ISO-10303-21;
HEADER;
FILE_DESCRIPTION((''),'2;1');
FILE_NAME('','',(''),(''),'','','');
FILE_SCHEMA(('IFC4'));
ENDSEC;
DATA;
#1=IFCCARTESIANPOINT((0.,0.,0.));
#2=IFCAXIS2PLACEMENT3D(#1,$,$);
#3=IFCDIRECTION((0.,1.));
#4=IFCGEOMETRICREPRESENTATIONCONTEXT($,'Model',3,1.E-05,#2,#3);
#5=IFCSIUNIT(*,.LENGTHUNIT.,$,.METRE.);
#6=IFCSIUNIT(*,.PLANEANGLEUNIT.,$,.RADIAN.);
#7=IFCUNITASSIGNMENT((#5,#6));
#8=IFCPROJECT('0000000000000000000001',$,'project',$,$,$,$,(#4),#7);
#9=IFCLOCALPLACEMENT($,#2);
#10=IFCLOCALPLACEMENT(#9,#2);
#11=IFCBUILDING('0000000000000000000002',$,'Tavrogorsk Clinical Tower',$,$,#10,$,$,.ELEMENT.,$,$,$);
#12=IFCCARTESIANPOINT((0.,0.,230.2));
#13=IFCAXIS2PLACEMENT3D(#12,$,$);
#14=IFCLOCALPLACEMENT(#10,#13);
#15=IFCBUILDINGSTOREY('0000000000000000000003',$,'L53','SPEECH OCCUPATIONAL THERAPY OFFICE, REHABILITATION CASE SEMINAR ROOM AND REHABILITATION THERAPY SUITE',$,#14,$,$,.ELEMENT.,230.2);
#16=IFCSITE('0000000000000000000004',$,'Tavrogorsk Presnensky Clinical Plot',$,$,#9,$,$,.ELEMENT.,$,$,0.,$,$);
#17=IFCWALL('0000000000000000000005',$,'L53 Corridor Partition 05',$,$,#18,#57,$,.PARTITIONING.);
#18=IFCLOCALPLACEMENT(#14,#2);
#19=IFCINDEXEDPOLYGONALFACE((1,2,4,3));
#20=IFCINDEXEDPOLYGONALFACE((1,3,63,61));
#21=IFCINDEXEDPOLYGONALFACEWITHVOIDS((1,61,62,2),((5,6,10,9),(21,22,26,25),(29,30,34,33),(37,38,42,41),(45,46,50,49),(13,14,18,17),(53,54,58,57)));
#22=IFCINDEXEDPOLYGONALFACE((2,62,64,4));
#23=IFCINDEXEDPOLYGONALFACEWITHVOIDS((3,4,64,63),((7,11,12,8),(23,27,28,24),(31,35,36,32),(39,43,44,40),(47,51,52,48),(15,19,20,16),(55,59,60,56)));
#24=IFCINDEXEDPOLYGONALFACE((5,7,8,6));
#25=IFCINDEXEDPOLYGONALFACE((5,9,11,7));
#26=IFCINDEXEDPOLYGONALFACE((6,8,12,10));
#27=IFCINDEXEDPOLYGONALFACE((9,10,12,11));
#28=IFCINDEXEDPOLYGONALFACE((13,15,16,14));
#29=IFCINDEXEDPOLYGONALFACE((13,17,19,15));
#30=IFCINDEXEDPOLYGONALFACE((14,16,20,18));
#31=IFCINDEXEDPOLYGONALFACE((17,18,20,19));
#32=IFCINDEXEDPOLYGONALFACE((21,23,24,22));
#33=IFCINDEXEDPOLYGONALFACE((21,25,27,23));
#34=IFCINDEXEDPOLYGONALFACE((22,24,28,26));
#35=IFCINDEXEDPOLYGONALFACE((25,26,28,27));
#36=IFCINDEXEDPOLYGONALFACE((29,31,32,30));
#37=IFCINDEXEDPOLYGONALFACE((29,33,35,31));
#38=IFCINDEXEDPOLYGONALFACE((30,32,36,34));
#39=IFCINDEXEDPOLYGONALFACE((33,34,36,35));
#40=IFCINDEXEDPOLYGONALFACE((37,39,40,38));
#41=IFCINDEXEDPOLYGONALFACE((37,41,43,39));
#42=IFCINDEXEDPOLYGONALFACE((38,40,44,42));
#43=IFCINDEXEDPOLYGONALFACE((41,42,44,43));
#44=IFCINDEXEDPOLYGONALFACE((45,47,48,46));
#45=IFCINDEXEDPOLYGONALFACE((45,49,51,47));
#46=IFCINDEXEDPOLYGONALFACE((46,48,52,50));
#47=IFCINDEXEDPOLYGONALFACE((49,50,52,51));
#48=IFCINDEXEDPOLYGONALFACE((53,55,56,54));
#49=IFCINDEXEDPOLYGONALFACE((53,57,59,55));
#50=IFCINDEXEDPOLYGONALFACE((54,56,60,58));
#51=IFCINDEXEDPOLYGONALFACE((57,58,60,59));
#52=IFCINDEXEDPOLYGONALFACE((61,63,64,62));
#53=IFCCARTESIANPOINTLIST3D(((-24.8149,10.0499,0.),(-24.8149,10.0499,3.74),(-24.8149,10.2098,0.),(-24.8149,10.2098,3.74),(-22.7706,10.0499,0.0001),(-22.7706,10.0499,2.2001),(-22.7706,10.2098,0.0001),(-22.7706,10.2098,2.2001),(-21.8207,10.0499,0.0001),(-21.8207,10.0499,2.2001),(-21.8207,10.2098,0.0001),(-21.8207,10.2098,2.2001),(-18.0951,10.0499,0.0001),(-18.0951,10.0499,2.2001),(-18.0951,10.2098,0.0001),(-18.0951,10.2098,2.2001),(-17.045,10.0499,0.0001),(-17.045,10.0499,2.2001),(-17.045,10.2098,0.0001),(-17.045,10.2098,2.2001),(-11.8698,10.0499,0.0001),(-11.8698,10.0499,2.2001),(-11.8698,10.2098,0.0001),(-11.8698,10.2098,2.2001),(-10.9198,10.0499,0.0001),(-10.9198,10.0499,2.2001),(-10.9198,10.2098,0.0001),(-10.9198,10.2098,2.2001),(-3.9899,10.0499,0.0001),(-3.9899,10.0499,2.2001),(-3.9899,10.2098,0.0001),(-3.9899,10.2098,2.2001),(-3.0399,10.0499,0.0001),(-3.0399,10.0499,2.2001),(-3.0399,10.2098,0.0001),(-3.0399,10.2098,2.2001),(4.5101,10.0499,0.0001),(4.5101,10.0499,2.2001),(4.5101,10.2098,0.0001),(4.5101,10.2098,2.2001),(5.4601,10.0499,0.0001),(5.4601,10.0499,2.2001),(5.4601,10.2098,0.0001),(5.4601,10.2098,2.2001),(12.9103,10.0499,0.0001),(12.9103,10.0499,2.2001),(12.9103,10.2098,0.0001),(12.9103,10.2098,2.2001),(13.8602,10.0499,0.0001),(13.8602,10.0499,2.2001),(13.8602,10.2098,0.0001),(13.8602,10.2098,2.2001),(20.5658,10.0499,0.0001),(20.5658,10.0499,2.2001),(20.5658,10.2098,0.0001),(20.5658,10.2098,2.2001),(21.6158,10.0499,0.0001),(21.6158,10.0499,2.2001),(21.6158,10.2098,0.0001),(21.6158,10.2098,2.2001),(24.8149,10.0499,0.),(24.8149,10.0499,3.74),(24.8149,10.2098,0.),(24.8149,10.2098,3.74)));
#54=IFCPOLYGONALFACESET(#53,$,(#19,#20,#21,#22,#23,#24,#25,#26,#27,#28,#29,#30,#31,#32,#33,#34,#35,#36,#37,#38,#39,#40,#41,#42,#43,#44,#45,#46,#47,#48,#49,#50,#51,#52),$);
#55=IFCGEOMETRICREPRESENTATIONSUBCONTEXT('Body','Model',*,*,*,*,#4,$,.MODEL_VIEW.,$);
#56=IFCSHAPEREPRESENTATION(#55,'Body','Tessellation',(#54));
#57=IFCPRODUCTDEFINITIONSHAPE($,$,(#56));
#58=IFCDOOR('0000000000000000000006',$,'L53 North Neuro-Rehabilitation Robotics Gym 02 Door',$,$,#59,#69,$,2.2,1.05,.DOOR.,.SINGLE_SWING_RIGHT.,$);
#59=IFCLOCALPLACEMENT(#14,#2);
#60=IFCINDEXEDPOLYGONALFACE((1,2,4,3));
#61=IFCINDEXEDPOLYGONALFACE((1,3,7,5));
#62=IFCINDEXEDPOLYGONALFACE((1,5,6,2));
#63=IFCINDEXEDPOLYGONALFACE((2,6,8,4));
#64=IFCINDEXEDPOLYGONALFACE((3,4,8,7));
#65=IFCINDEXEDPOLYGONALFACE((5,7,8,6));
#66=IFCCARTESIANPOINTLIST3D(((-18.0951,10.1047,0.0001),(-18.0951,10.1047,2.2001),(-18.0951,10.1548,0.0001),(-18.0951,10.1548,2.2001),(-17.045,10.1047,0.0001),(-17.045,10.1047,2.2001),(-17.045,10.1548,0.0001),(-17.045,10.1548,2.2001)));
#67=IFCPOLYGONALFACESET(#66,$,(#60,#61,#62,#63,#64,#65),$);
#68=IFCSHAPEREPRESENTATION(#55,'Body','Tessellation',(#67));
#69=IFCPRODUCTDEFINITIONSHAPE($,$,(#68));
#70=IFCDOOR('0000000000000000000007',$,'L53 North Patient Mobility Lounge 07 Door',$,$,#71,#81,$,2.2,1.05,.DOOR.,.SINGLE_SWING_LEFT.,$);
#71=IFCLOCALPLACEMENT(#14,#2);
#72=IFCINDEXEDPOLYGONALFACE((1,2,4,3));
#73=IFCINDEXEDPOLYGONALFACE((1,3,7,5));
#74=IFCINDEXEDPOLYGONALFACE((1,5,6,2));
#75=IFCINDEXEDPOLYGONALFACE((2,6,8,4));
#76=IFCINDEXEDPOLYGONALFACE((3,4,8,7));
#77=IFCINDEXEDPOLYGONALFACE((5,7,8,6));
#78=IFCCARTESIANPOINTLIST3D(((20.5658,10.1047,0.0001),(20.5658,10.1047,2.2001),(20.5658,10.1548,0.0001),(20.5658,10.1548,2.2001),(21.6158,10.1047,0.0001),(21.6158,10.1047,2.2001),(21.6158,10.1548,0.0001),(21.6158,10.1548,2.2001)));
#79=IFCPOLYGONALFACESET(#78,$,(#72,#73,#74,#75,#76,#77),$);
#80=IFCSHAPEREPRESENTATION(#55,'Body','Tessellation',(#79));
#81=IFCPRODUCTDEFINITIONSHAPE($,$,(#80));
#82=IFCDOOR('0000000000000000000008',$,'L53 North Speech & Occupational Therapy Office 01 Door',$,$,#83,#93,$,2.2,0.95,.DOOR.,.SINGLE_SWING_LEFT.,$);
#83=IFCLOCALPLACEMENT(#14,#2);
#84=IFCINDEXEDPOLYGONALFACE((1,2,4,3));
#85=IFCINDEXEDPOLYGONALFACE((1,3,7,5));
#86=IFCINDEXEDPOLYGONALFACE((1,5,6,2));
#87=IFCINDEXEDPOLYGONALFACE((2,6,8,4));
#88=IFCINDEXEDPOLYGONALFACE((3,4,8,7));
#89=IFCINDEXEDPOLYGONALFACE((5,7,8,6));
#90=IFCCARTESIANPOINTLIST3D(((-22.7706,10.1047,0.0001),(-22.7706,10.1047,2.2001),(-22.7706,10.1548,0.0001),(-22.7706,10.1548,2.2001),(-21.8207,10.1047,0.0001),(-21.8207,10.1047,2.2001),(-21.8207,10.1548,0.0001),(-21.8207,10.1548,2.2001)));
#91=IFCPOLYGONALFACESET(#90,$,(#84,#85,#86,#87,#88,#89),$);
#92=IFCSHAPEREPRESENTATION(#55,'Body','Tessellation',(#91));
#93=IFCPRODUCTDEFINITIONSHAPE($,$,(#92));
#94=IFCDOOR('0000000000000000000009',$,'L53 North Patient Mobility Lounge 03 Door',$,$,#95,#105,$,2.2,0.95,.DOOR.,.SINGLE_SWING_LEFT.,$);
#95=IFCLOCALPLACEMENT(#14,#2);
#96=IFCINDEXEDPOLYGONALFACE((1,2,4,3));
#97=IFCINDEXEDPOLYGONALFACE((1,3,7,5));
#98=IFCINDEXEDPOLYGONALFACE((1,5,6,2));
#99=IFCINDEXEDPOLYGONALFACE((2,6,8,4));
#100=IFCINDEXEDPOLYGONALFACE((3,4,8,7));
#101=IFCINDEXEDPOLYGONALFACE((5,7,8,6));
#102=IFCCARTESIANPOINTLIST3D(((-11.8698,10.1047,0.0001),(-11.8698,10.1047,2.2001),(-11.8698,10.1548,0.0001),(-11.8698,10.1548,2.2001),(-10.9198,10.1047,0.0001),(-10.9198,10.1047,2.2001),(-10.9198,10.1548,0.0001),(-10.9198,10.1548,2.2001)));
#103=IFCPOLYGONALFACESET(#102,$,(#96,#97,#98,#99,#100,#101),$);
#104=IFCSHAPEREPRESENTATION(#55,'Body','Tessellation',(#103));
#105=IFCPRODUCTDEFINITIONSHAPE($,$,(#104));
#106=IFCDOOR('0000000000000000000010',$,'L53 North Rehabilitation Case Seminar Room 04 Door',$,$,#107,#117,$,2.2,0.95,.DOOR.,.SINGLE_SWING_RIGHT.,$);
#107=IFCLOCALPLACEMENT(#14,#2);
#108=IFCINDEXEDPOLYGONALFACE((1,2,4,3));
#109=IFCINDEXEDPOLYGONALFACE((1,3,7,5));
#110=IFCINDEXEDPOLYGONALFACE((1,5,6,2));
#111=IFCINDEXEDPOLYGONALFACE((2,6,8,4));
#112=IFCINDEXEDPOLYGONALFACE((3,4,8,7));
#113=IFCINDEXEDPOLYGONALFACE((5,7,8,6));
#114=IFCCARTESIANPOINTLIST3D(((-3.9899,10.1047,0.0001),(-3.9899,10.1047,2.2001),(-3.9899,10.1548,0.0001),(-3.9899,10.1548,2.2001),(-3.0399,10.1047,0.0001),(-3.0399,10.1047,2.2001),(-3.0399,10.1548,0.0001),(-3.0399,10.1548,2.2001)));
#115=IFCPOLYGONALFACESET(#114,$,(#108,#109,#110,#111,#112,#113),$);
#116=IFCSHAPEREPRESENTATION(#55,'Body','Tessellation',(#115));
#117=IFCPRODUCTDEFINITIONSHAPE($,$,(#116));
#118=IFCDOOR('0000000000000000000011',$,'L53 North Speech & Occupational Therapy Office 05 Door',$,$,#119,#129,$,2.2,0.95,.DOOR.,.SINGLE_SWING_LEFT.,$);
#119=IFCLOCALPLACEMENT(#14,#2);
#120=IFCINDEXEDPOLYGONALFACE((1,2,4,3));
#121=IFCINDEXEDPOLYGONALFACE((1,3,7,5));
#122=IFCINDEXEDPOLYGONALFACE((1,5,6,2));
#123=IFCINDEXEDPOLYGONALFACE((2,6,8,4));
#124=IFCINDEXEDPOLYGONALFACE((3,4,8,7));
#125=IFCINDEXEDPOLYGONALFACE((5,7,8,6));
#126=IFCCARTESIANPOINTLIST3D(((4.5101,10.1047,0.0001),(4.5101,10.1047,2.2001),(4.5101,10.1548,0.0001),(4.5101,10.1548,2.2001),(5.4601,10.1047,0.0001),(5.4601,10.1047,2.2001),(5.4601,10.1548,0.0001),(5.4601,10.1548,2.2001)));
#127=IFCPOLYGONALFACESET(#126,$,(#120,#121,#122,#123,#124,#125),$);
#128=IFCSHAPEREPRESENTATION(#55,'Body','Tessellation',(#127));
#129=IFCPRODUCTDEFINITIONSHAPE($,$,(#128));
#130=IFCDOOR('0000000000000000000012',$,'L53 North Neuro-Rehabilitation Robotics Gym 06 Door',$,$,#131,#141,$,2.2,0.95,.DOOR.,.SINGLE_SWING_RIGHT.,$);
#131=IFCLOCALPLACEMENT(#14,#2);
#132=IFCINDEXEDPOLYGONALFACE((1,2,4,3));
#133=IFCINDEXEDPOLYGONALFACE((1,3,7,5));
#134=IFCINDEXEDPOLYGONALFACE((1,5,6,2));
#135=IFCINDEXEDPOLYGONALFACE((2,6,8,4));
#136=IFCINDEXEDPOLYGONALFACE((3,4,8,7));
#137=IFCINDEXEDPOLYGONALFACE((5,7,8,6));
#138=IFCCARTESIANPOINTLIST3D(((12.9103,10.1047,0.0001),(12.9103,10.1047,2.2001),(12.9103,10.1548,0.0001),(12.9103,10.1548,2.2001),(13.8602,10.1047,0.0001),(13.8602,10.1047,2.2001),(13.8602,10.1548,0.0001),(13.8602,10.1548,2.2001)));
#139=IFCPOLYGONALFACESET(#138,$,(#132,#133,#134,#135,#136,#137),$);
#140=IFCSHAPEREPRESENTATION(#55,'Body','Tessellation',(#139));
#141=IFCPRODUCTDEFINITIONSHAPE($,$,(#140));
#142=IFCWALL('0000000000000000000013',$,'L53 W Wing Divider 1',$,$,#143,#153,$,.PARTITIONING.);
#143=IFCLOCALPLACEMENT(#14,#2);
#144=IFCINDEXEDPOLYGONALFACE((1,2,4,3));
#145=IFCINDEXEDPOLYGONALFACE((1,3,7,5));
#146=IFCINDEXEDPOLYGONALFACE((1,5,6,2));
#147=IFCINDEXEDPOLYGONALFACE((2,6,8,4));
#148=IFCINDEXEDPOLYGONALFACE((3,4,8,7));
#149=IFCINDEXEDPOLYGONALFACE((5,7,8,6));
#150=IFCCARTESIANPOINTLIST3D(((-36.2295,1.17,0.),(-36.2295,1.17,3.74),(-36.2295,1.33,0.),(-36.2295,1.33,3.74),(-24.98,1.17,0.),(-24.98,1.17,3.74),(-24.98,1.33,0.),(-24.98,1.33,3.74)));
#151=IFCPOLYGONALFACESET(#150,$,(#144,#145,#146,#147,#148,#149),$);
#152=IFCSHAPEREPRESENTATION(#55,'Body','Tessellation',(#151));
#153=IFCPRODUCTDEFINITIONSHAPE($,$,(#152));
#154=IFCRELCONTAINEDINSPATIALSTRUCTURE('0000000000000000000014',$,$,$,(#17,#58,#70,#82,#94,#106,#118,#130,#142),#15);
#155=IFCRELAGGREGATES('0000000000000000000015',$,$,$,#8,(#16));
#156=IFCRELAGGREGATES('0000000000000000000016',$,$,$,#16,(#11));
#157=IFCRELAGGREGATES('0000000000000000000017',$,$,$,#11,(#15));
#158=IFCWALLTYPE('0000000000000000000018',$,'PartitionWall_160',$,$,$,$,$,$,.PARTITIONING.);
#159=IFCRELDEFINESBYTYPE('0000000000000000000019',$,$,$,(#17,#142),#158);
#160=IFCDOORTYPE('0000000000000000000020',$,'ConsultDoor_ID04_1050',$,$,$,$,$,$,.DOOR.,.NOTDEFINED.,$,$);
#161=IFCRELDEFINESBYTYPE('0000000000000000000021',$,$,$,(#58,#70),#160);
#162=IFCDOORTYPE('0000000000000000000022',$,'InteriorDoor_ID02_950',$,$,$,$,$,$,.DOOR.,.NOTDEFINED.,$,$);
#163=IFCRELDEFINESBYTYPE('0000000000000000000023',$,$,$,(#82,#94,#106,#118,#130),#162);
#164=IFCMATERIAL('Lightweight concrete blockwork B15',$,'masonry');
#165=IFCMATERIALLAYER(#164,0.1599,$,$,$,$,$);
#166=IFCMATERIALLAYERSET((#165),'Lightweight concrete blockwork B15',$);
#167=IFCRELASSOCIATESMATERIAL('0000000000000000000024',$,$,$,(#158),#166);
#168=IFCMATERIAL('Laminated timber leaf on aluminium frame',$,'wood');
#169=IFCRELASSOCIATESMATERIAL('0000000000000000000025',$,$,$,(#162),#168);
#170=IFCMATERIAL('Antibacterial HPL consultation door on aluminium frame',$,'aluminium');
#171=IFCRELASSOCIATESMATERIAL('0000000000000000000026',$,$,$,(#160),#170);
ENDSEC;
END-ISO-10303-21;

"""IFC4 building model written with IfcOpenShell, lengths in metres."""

from ifc_helpers import new_model, si_unit, direction, frame, frame_2d, origin, place, context, subcontext, project, spatial, rectangle, extrude, material, layer, layer_set, type_object, element, fill, save


model = new_model("IFC4")

# Units and contexts
model_context = context("Model", 3, precision=1e-05, world=origin(), true_north=direction((0.0, 1.0)))
body_context = subcontext(model_context, "Body", "Model", "MODEL_VIEW")
ifc_project = project(units=[si_unit("LENGTHUNIT", "METRE"), si_unit("PLANEANGLEUNIT", "RADIAN")], contexts=[model_context])

# Site, building, storey
site_placement = place(None, origin())
site = spatial("IfcSite", under=ifc_project, at=site_placement, Name="Tavrogorsk Presnensky Clinical Plot", CompositionType="ELEMENT", RefElevation=0.0)
building_placement = place(site_placement, origin())
building = spatial("IfcBuilding", under=site, at=building_placement, Name="Tavrogorsk Clinical Tower", CompositionType="ELEMENT")
storey_placement = place(building_placement, frame((0.0, 0.0, 230.2)))
storey = spatial("IfcBuildingStorey", under=building, at=storey_placement, Name="L53", Description="SPEECH OCCUPATIONAL THERAPY OFFICE, REHABILITATION CASE SEMINAR ROOM AND REHABILITATION THERAPY SUITE", CompositionType="ELEMENT", Elevation=230.2)

# Shared definitions
ifc_material_1 = material(Name="Lightweight concrete blockwork B15", Category="masonry")
ifc_layer_1 = layer(ifc_material_1, 0.1599)
ifc_layer_set_1 = layer_set([ifc_layer_1], Name="Lightweight concrete blockwork B15")
wall_type_1 = type_object("IfcWallType", Name="PartitionWall_160", PredefinedType="PARTITIONING", material=ifc_layer_set_1)
ifc_material_2 = material(Name="Laminated timber leaf on aluminium frame", Category="wood")
door_type_1 = type_object("IfcDoorType", Name="InteriorDoor_ID02_950", OperationType="NOTDEFINED", PredefinedType="DOOR", material=ifc_material_2)

# Wall, openings, doors
wall_1_placement = place(storey_placement, frame((-24.8149, 10.1299, 0.0), z_axis=(0.0, 0.0, 1.0), x_axis=(1.0, 0.0, 0.0)))
wall_1 = element("IfcWall", 1, at=wall_1_placement, inside=storey, type_object=wall_type_1, Name="L53 Corridor Partition 05", PredefinedType="PARTITIONING", context=body_context, shape_type="SweptSolid", body=[
    extrude(rectangle(XDim=49.6299, YDim=0.1599, at=frame_2d((24.8149, 0.0))), origin(), (0.0, 0.0, 1.0), 3.74),
])
opening_1_placement = place(wall_1_placement, frame((2.0442, 0.0, 0.0)))
opening_1 = element("IfcOpeningElement", 2, at=opening_1_placement, cuts=wall_1, PredefinedType="OPENING", context=body_context, shape_type="SweptSolid", body=[
    extrude(rectangle(XDim=0.95, YDim=2.2, at=frame_2d((0.4751, 1.1001))), frame((0.0, 0.0898, 0.0), z_axis=(0.0, -1.0, 0.0), x_axis=(1.0, 0.0, 0.0)), (0.0, 0.0, 1.0), 0.1799),
])
opening_2_placement = place(wall_1_placement, frame((6.72, 0.0, 0.0)))
opening_2 = element("IfcOpeningElement", 3, at=opening_2_placement, cuts=wall_1, PredefinedType="OPENING", context=body_context, shape_type="SweptSolid", body=[
    extrude(rectangle(XDim=1.05, YDim=2.2, at=frame_2d((0.5249, 1.1001))), frame((0.0, 0.0898, 0.0), z_axis=(0.0, -1.0, 0.0), x_axis=(1.0, 0.0, 0.0)), (0.0, 0.0, 1.0), 0.1799),
])
opening_3_placement = place(wall_1_placement, frame((12.9451, 0.0, 0.0)))
opening_3 = element("IfcOpeningElement", 4, at=opening_3_placement, cuts=wall_1, PredefinedType="OPENING", context=body_context, shape_type="SweptSolid", body=[
    extrude(rectangle(XDim=0.95, YDim=2.2, at=frame_2d((0.4751, 1.1001))), frame((0.0, 0.0898, 0.0), z_axis=(0.0, -1.0, 0.0), x_axis=(1.0, 0.0, 0.0)), (0.0, 0.0, 1.0), 0.1799),
])
opening_4_placement = place(wall_1_placement, frame((20.825, 0.0, 0.0)))
opening_4 = element("IfcOpeningElement", 5, at=opening_4_placement, cuts=wall_1, PredefinedType="OPENING", context=body_context, shape_type="SweptSolid", body=[
    extrude(rectangle(XDim=0.95, YDim=2.2, at=frame_2d((0.4751, 1.1001))), frame((0.0, 0.0898, 0.0), z_axis=(0.0, -1.0, 0.0), x_axis=(1.0, 0.0, 0.0)), (0.0, 0.0, 1.0), 0.1799),
])
opening_5_placement = place(wall_1_placement, frame((29.325, 0.0, 0.0)))
opening_5 = element("IfcOpeningElement", 6, at=opening_5_placement, cuts=wall_1, PredefinedType="OPENING", context=body_context, shape_type="SweptSolid", body=[
    extrude(rectangle(XDim=0.95, YDim=2.2, at=frame_2d((0.4751, 1.1001))), frame((0.0, 0.0898, 0.0), z_axis=(0.0, -1.0, 0.0), x_axis=(1.0, 0.0, 0.0)), (0.0, 0.0, 1.0), 0.1799),
])
opening_6_placement = place(wall_1_placement, frame((37.7251, 0.0, 0.0)))
opening_6 = element("IfcOpeningElement", 7, at=opening_6_placement, cuts=wall_1, PredefinedType="OPENING", context=body_context, shape_type="SweptSolid", body=[
    extrude(rectangle(XDim=0.95, YDim=2.2, at=frame_2d((0.4751, 1.1001))), frame((0.0, 0.0898, 0.0), z_axis=(0.0, -1.0, 0.0), x_axis=(1.0, 0.0, 0.0)), (0.0, 0.0, 1.0), 0.1799),
])
opening_7_placement = place(wall_1_placement, frame((45.3809, 0.0, 0.0)))
opening_7 = element("IfcOpeningElement", 8, at=opening_7_placement, cuts=wall_1, PredefinedType="OPENING", context=body_context, shape_type="SweptSolid", body=[
    extrude(rectangle(XDim=1.05, YDim=2.2, at=frame_2d((0.5249, 1.1001))), frame((0.0, 0.0898, 0.0), z_axis=(0.0, -1.0, 0.0), x_axis=(1.0, 0.0, 0.0)), (0.0, 0.0, 1.0), 0.1799),
])
ifc_material_3 = material(Name="Antibacterial HPL consultation door on aluminium frame", Category="aluminium")
door_type_2 = type_object("IfcDoorType", Name="ConsultDoor_ID04_1050", OperationType="NOTDEFINED", PredefinedType="DOOR", material=ifc_material_3)
door_1_placement = place(opening_2_placement, origin())
door_1 = element("IfcDoor", 9, at=door_1_placement, inside=storey, type_object=door_type_2, Name="L53 North Neuro-Rehabilitation Robotics Gym 02 Door", OperationType="SINGLE_SWING_RIGHT", OverallHeight=2.2, OverallWidth=1.05, PredefinedType="DOOR", context=body_context, shape_type="SweptSolid", body=[
    extrude(rectangle(XDim=1.05, YDim=2.2, at=frame_2d((0.5249, 1.1001))), frame((0.0, 0.0249, 0.0), z_axis=(0.0, -1.0, 0.0), x_axis=(1.0, 0.0, 0.0)), (0.0, 0.0, 1.0), 0.05),
])
fill(opening_2, door_1)
door_2_placement = place(opening_7_placement, origin())
door_2 = element("IfcDoor", 10, at=door_2_placement, inside=storey, type_object=door_type_2, Name="L53 North Patient Mobility Lounge 07 Door", OperationType="SINGLE_SWING_LEFT", OverallHeight=2.2, OverallWidth=1.05, PredefinedType="DOOR", context=body_context, shape_type="SweptSolid", body=[
    extrude(rectangle(XDim=1.05, YDim=2.2, at=frame_2d((0.5249, 1.1001))), frame((0.0, 0.0249, 0.0), z_axis=(0.0, -1.0, 0.0), x_axis=(1.0, 0.0, 0.0)), (0.0, 0.0, 1.0), 0.05),
])
fill(opening_7, door_2)
door_3_placement = place(opening_1_placement, origin())
door_3 = element("IfcDoor", 11, at=door_3_placement, inside=storey, type_object=door_type_1, Name="L53 North Speech & Occupational Therapy Office 01 Door", OperationType="SINGLE_SWING_LEFT", OverallHeight=2.2, OverallWidth=0.95, PredefinedType="DOOR", context=body_context, shape_type="SweptSolid", body=[
    extrude(rectangle(XDim=0.95, YDim=2.2, at=frame_2d((0.4751, 1.1001))), frame((0.0, 0.0249, 0.0), z_axis=(0.0, -1.0, 0.0), x_axis=(1.0, 0.0, 0.0)), (0.0, 0.0, 1.0), 0.05),
])
fill(opening_1, door_3)
door_4_placement = place(opening_3_placement, origin())
door_4 = element("IfcDoor", 12, at=door_4_placement, inside=storey, type_object=door_type_1, Name="L53 North Patient Mobility Lounge 03 Door", OperationType="SINGLE_SWING_LEFT", OverallHeight=2.2, OverallWidth=0.95, PredefinedType="DOOR", context=body_context, shape_type="SweptSolid", body=[
    extrude(rectangle(XDim=0.95, YDim=2.2, at=frame_2d((0.4751, 1.1001))), frame((0.0, 0.0249, 0.0), z_axis=(0.0, -1.0, 0.0), x_axis=(1.0, 0.0, 0.0)), (0.0, 0.0, 1.0), 0.05),
])
fill(opening_3, door_4)
door_5_placement = place(opening_4_placement, origin())
door_5 = element("IfcDoor", 13, at=door_5_placement, inside=storey, type_object=door_type_1, Name="L53 North Rehabilitation Case Seminar Room 04 Door", OperationType="SINGLE_SWING_RIGHT", OverallHeight=2.2, OverallWidth=0.95, PredefinedType="DOOR", context=body_context, shape_type="SweptSolid", body=[
    extrude(rectangle(XDim=0.95, YDim=2.2, at=frame_2d((0.4751, 1.1001))), frame((0.0, 0.0249, 0.0), z_axis=(0.0, -1.0, 0.0), x_axis=(1.0, 0.0, 0.0)), (0.0, 0.0, 1.0), 0.05),
])
fill(opening_4, door_5)
door_6_placement = place(opening_5_placement, origin())
door_6 = element("IfcDoor", 14, at=door_6_placement, inside=storey, type_object=door_type_1, Name="L53 North Speech & Occupational Therapy Office 05 Door", OperationType="SINGLE_SWING_LEFT", OverallHeight=2.2, OverallWidth=0.95, PredefinedType="DOOR", context=body_context, shape_type="SweptSolid", body=[
    extrude(rectangle(XDim=0.95, YDim=2.2, at=frame_2d((0.4751, 1.1001))), frame((0.0, 0.0249, 0.0), z_axis=(0.0, -1.0, 0.0), x_axis=(1.0, 0.0, 0.0)), (0.0, 0.0, 1.0), 0.05),
])
fill(opening_5, door_6)
door_7_placement = place(opening_6_placement, origin())
door_7 = element("IfcDoor", 15, at=door_7_placement, inside=storey, type_object=door_type_1, Name="L53 North Neuro-Rehabilitation Robotics Gym 06 Door", OperationType="SINGLE_SWING_RIGHT", OverallHeight=2.2, OverallWidth=0.95, PredefinedType="DOOR", context=body_context, shape_type="SweptSolid", body=[
    extrude(rectangle(XDim=0.95, YDim=2.2, at=frame_2d((0.4751, 1.1001))), frame((0.0, 0.0249, 0.0), z_axis=(0.0, -1.0, 0.0), x_axis=(1.0, 0.0, 0.0)), (0.0, 0.0, 1.0), 0.05),
])
fill(opening_6, door_7)

# Wall
wall_2_placement = place(storey_placement, frame((-36.2295, 1.25, 0.0), z_axis=(0.0, 0.0, 1.0), x_axis=(1.0, 0.0, 0.0)))
element("IfcWall", 16, at=wall_2_placement, inside=storey, type_object=wall_type_1, Name="L53 W Wing Divider 1", PredefinedType="PARTITIONING", context=body_context, shape_type="SweptSolid", body=[
    extrude(rectangle(XDim=11.2495, YDim=0.1599, at=frame_2d((5.6248, 0.0))), origin(), (0.0, 0.0, 1.0), 3.74),
])

save(model, "model.ifc")
